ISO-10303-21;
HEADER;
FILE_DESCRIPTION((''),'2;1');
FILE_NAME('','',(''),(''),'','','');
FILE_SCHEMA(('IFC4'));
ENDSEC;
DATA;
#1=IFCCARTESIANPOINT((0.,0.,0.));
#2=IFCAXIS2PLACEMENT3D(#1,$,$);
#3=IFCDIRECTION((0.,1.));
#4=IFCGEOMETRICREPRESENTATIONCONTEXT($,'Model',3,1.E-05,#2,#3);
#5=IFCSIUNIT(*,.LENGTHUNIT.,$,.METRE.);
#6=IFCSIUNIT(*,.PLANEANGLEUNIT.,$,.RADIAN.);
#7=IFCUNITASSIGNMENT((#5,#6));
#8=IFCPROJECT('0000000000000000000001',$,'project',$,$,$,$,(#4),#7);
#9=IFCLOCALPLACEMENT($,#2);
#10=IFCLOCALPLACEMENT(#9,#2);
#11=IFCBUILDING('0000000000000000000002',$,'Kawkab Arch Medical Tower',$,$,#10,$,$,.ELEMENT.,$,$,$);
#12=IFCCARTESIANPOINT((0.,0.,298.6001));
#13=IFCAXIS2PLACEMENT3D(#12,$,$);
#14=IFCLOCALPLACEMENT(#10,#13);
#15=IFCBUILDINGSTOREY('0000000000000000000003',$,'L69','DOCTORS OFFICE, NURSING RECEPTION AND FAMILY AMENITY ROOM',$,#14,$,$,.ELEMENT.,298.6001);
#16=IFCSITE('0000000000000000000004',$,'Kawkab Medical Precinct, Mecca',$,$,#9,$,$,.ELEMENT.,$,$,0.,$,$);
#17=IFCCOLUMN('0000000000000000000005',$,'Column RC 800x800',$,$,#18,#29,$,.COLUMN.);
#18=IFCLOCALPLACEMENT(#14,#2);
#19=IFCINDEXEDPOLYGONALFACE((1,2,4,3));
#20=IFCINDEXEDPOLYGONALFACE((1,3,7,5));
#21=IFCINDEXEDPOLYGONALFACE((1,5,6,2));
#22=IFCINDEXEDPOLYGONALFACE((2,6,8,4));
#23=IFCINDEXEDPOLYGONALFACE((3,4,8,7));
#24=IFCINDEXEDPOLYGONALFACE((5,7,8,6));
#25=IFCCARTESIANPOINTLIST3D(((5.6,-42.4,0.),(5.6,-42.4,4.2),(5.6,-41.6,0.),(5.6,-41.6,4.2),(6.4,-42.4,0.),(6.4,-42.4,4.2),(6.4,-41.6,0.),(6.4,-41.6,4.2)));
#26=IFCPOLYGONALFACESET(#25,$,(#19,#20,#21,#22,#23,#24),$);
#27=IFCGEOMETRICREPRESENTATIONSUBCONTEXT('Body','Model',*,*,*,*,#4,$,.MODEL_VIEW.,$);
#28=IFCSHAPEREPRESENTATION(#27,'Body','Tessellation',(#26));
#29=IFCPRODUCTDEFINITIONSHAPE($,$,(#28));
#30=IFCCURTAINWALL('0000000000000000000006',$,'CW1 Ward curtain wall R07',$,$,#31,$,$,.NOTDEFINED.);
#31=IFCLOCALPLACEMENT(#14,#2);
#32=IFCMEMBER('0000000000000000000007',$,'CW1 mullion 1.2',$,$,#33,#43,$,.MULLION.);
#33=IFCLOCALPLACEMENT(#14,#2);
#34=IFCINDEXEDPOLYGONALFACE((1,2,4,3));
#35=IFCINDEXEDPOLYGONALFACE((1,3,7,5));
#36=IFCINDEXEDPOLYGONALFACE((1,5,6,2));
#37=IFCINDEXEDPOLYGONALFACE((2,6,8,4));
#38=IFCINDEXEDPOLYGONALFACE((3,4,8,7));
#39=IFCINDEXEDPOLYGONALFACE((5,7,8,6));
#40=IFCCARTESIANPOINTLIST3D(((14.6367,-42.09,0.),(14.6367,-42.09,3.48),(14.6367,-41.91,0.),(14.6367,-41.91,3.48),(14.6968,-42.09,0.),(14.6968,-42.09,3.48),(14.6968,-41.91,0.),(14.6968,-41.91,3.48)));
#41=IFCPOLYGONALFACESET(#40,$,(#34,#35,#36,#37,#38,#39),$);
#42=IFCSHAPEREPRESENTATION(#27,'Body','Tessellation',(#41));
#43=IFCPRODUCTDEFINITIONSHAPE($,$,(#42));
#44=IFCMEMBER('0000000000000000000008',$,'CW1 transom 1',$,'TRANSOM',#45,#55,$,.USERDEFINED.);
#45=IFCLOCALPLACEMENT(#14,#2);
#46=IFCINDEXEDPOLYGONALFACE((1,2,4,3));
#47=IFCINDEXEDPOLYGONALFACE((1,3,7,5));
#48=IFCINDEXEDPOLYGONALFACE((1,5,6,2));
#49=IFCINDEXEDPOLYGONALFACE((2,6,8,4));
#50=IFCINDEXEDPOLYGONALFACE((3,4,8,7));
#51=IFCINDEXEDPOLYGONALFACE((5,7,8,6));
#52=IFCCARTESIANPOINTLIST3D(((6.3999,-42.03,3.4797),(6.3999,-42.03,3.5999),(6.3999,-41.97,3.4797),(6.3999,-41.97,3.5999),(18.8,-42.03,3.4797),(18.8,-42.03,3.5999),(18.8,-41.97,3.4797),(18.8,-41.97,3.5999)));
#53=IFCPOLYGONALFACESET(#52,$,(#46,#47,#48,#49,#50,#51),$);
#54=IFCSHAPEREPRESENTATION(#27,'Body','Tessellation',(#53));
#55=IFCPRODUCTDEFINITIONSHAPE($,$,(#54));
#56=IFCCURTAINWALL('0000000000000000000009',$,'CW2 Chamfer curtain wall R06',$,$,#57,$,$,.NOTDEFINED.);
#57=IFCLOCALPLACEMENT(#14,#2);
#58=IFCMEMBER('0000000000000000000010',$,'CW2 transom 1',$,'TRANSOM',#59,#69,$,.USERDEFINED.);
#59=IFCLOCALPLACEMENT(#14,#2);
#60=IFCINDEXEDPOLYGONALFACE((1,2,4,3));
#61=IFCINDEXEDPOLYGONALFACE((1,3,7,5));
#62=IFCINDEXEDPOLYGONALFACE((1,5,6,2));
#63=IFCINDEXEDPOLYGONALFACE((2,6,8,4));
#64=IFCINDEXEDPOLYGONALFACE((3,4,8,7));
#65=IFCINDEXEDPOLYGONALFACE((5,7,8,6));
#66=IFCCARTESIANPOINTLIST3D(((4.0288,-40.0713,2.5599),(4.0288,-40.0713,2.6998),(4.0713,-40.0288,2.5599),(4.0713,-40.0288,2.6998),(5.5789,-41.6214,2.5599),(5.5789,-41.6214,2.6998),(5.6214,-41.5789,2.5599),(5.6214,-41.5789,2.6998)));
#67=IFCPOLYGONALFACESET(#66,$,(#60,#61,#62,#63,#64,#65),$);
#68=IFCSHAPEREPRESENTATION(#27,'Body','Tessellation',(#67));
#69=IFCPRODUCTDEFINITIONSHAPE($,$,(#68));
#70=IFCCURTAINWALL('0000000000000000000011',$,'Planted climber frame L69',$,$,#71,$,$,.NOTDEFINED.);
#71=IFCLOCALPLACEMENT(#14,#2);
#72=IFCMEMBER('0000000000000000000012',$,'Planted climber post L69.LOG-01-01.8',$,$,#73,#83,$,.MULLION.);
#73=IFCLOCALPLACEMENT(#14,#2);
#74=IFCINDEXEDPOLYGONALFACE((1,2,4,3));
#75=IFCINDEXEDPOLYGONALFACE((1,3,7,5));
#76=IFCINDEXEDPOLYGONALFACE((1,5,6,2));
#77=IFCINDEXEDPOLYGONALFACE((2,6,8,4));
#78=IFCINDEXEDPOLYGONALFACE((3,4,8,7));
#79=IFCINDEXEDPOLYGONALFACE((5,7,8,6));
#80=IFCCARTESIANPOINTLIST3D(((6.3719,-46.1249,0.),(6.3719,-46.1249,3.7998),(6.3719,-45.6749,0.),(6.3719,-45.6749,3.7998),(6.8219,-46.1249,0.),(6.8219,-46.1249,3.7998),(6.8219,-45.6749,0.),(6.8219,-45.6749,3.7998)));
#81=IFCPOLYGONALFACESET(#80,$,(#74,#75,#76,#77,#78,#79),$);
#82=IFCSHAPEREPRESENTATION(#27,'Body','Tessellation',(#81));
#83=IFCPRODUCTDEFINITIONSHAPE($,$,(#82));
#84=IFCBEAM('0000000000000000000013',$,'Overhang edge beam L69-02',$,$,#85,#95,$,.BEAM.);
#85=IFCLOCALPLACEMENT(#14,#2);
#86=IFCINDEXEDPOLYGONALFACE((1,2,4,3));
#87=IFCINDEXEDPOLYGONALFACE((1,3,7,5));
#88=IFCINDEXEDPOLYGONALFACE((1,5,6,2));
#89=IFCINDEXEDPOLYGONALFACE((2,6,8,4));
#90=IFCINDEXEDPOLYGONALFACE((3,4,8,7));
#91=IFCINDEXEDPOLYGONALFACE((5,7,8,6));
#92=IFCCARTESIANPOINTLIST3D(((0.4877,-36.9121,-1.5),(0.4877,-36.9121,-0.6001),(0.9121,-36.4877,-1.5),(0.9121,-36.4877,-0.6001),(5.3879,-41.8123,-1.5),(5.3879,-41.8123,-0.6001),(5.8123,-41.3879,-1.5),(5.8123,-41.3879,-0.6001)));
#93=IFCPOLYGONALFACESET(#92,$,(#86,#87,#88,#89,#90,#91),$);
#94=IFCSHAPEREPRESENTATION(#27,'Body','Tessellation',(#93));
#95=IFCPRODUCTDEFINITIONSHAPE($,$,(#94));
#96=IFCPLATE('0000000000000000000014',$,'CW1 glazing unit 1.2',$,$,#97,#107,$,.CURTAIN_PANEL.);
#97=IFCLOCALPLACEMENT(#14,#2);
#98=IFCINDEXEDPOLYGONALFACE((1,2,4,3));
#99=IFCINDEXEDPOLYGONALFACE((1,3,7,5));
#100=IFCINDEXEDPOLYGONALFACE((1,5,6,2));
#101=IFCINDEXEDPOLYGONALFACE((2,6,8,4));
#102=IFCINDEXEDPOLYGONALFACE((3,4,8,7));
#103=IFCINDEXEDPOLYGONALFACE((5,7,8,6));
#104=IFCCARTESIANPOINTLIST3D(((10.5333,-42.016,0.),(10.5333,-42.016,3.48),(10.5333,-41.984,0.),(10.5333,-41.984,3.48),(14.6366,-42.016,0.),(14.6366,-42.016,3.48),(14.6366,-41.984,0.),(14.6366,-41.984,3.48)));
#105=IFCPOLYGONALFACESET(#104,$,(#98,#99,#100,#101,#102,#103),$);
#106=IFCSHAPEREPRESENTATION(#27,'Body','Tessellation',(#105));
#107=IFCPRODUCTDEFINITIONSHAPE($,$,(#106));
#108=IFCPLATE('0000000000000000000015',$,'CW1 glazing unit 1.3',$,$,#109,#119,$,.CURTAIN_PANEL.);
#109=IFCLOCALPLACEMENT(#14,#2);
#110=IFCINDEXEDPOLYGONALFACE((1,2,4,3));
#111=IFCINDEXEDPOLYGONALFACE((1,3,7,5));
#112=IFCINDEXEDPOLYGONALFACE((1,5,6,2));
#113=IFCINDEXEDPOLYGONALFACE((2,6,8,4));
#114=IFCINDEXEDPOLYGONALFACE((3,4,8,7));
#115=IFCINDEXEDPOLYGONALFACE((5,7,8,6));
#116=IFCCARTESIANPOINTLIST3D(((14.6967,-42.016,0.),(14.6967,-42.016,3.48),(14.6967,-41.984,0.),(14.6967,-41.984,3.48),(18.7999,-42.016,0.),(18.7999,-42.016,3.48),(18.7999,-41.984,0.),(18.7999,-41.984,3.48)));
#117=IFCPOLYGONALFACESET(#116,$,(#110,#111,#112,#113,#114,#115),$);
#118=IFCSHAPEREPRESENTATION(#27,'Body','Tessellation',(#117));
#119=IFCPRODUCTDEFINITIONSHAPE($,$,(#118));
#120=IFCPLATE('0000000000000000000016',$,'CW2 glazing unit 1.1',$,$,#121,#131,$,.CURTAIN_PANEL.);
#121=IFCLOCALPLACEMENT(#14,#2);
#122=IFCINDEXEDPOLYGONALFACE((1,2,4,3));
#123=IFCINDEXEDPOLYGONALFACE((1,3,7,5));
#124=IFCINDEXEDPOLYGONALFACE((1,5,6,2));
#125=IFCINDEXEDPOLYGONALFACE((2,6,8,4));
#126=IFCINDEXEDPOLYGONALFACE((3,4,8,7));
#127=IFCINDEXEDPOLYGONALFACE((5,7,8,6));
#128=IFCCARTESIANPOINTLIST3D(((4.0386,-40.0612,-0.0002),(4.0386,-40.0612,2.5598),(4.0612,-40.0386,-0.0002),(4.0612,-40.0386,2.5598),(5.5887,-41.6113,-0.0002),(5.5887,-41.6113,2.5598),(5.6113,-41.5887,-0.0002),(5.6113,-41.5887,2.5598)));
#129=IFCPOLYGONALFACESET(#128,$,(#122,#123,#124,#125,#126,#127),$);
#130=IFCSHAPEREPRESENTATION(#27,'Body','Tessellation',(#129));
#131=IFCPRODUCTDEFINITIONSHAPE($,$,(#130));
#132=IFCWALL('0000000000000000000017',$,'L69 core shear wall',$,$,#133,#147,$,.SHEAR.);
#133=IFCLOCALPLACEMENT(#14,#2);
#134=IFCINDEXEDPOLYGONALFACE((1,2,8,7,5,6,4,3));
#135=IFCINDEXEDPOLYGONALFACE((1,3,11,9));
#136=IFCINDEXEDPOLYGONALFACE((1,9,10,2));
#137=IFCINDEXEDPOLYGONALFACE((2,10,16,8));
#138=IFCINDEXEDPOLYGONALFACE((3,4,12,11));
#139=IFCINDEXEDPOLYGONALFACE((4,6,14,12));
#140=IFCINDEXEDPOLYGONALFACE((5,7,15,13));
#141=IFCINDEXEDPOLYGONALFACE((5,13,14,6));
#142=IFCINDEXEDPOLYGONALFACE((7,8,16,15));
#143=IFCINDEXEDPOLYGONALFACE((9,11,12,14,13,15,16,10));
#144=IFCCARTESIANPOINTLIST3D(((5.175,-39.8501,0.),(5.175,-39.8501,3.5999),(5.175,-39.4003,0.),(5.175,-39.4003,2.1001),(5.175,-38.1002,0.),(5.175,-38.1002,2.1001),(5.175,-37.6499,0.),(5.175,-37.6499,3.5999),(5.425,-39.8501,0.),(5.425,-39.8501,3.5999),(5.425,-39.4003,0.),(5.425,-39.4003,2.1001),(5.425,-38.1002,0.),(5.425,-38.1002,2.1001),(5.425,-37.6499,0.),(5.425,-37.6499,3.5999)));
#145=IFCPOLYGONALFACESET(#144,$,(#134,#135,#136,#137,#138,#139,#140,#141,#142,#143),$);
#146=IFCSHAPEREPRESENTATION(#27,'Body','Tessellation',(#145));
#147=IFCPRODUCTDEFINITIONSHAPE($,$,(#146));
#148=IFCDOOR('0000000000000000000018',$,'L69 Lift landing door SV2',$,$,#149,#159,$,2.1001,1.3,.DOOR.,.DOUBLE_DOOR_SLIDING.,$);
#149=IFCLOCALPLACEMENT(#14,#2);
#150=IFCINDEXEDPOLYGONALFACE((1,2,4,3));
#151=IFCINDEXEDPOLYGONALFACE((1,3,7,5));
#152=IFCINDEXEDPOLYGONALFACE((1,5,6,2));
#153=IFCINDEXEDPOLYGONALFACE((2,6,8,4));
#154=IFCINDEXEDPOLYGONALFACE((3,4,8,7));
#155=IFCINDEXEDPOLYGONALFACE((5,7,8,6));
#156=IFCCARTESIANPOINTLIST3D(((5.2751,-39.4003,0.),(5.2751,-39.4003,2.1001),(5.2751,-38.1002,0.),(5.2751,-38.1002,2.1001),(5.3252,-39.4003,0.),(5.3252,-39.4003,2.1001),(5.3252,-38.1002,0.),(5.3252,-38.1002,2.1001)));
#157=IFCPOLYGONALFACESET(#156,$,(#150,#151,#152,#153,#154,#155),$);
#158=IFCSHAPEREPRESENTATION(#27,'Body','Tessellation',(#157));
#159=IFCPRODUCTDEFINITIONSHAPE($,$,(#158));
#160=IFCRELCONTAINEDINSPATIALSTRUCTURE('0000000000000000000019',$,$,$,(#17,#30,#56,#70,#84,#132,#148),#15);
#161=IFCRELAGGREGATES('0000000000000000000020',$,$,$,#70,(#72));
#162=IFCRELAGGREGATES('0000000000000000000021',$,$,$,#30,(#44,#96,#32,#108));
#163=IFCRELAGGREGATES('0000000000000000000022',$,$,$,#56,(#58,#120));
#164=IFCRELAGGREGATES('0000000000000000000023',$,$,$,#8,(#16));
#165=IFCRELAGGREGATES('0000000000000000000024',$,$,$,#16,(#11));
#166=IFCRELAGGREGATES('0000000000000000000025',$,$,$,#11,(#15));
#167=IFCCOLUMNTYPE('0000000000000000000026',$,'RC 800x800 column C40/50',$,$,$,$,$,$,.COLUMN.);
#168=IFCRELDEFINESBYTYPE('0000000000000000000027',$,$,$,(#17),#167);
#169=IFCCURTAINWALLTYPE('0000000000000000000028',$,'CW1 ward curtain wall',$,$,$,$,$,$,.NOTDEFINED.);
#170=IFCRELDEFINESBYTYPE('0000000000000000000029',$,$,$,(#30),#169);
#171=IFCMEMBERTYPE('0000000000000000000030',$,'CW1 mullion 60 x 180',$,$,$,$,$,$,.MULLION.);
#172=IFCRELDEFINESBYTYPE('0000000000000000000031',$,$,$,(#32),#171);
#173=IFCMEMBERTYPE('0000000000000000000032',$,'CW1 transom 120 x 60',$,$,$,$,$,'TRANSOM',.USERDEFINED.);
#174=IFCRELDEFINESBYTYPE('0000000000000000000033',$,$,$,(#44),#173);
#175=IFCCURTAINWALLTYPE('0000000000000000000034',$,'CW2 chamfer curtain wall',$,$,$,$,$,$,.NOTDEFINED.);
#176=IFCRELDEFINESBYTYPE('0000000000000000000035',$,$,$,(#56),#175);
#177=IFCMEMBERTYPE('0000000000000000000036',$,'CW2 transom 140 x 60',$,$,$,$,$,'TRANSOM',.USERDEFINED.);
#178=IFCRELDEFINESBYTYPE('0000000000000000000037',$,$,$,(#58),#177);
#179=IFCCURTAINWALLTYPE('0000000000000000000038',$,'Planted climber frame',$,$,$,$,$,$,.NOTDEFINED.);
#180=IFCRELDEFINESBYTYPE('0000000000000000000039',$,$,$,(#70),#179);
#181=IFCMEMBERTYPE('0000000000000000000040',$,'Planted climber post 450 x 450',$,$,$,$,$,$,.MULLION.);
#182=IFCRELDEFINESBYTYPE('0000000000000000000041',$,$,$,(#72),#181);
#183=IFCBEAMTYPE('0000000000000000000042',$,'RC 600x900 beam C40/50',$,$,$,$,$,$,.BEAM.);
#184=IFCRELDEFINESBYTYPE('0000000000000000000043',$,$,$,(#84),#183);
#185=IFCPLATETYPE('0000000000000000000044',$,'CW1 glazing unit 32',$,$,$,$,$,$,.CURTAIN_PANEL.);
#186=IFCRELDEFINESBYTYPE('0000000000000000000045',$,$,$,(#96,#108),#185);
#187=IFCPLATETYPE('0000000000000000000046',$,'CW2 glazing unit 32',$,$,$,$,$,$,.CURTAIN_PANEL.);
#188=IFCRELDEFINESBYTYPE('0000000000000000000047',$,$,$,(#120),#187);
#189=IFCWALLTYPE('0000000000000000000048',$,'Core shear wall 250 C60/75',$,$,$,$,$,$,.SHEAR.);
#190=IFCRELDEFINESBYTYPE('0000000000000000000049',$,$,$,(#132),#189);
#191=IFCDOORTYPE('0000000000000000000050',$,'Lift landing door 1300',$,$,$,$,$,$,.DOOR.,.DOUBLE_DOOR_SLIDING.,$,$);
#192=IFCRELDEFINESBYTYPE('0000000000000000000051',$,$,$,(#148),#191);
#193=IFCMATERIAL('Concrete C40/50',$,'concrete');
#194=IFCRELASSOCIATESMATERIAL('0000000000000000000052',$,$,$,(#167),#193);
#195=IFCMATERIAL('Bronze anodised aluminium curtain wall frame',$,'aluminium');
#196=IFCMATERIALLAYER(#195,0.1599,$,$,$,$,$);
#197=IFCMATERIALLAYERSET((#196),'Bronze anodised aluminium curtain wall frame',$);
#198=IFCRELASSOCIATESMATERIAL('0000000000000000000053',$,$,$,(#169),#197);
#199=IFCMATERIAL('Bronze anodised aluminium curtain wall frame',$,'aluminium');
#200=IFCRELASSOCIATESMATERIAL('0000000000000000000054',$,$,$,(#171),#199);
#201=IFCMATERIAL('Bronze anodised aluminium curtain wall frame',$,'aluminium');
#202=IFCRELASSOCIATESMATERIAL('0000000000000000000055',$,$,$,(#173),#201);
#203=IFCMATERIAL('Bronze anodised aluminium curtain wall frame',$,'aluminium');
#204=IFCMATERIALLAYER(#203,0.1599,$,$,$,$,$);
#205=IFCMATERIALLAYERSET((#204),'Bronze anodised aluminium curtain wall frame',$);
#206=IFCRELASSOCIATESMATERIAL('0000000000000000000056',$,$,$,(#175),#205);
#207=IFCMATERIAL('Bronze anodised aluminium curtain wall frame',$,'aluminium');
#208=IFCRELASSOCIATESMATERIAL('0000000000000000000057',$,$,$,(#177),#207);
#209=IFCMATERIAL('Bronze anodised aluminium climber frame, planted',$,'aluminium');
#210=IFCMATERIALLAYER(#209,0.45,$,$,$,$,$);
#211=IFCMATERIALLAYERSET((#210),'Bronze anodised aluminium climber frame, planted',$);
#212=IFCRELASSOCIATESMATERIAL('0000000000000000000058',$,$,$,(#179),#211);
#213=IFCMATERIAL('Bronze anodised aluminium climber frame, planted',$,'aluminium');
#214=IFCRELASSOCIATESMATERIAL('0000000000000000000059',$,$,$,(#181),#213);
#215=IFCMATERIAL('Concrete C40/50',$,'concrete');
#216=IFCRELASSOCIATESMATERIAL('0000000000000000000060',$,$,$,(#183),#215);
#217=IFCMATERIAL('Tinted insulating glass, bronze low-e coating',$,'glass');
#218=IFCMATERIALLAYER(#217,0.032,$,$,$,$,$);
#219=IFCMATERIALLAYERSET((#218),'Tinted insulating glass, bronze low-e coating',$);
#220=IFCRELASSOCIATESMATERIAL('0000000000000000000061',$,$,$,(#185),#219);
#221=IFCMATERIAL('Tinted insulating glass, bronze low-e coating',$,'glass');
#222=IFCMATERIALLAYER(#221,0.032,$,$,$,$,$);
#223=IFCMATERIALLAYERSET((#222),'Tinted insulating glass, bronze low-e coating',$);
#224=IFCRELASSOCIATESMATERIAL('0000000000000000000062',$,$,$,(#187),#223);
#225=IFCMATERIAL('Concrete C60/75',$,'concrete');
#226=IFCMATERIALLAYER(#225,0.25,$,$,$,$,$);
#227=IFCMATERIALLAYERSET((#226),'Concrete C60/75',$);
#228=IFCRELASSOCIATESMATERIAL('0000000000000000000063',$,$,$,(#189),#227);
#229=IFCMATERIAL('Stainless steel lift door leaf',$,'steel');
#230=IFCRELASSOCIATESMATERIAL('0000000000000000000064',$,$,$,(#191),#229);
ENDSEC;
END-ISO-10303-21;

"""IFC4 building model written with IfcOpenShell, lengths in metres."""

from ifc_helpers import new_model, si_unit, direction, frame, frame_2d, origin, origin_2d, place, context, subcontext, project, spatial, rectangle, extrude, material, layer, layer_set, material_profile, profile_set, type_object, element, fill, aggregate, save


model = new_model("IFC4")

# Units and contexts
model_context = context("Model", 3, precision=1e-05, world=origin(), true_north=direction((0.0, 1.0)))
body_context = subcontext(model_context, "Body", "Model", "MODEL_VIEW")
ifc_project = project(units=[si_unit("LENGTHUNIT", "METRE"), si_unit("PLANEANGLEUNIT", "RADIAN")], contexts=[model_context])

# Site, building, storey
site_placement = place(None, origin())
site = spatial("IfcSite", under=ifc_project, at=site_placement, Name="Kawkab Medical Precinct, Mecca", CompositionType="ELEMENT", RefElevation=0.0)
building_placement = place(site_placement, origin())
building = spatial("IfcBuilding", under=site, at=building_placement, Name="Kawkab Arch Medical Tower", CompositionType="ELEMENT")
storey_placement = place(building_placement, frame((0.0, 0.0, 298.6001)))
storey = spatial("IfcBuildingStorey", under=building, at=storey_placement, Name="L69", Description="DOCTORS OFFICE, NURSING RECEPTION AND FAMILY AMENITY ROOM", CompositionType="ELEMENT", Elevation=298.6001)

# Column
ifc_material_1 = material(Name="Concrete C40/50", Category="concrete")
ifc_material_profile_1 = material_profile(ifc_material_1, rectangle(XDim=0.8, YDim=0.8, at=origin_2d()), Name="RC 800x800")
ifc_profile_set_1 = profile_set([ifc_material_profile_1], Name="Concrete C40/50")
column_type = type_object("IfcColumnType", Name="RC 800x800 column C40/50", PredefinedType="COLUMN", material=ifc_profile_set_1)
column_placement = place(storey_placement, frame((6.0, -42.0, 0.0), z_axis=(0.0, 0.0, 1.0), x_axis=(1.0, 0.0, 0.0)))
element("IfcColumn", 1, at=column_placement, inside=storey, type_object=column_type, Name="Column RC 800x800", PredefinedType="COLUMN", context=body_context, shape_type="SweptSolid", body=[
    extrude(rectangle(XDim=0.8, YDim=0.8, at=origin_2d()), origin(), (0.0, 0.0, 1.0), 4.2),
])

# Curtain wall, members
ifc_material_2 = material(Name="Bronze anodised aluminium curtain wall frame", Category="aluminium")
ifc_layer_1 = layer(ifc_material_2, 0.1599)
ifc_layer_set_1 = layer_set([ifc_layer_1], Name="Bronze anodised aluminium curtain wall frame")
curtain_wall_type_1 = type_object("IfcCurtainWallType", Name="CW1 ward curtain wall", PredefinedType="NOTDEFINED", material=ifc_layer_set_1)
placement = place(storey_placement, origin())
curtain_wall_1 = element("IfcCurtainWall", 2, at=placement, inside=storey, type_object=curtain_wall_type_1, Name="CW1 Ward curtain wall R07", PredefinedType="NOTDEFINED")
ifc_material_3 = material(Name="Bronze anodised aluminium curtain wall frame", Category="aluminium")
ifc_material_profile_2 = material_profile(ifc_material_3, rectangle(XDim=0.1799, YDim=0.0601, at=origin_2d()), Name="AL 60x180")
ifc_profile_set_2 = profile_set([ifc_material_profile_2], Name="Bronze anodised aluminium curtain wall frame")
member_type_1 = type_object("IfcMemberType", Name="CW1 mullion 60 x 180", PredefinedType="MULLION", material=ifc_profile_set_2)
member_1_placement = place(storey_placement, frame((14.6667, -42.0, 0.0), z_axis=(0.0, 0.0, 1.0), x_axis=(0.0, 1.0, 0.0)))
member_1 = element("IfcMember", 3, at=member_1_placement, type_object=member_type_1, Name="CW1 mullion 1.2", PredefinedType="MULLION", context=body_context, shape_type="SweptSolid", body=[
    extrude(rectangle(XDim=0.1799, YDim=0.0601, at=origin_2d()), origin(), (0.0, 0.0, 1.0), 3.48),
])
ifc_material_4 = material(Name="Bronze anodised aluminium curtain wall frame", Category="aluminium")
ifc_material_profile_3 = material_profile(ifc_material_4, rectangle(XDim=0.0601, YDim=0.1201, at=origin_2d()), Name="AL 60x120")
ifc_profile_set_3 = profile_set([ifc_material_profile_3], Name="Bronze anodised aluminium curtain wall frame")
member_type_2 = type_object("IfcMemberType", Name="CW1 transom 120 x 60", ElementType="TRANSOM", PredefinedType="USERDEFINED", material=ifc_profile_set_3)
member_2_placement = place(storey_placement, frame((6.3999, -42.0, 3.5398), z_axis=(1.0, 0.0, 0.0), x_axis=(0.0, 1.0, 0.0)))
member_2 = element("IfcMember", 4, at=member_2_placement, type_object=member_type_2, Name="CW1 transom 1", ObjectType="TRANSOM", PredefinedType="USERDEFINED", context=body_context, shape_type="SweptSolid", body=[
    extrude(rectangle(XDim=0.0601, YDim=0.1201, at=origin_2d()), origin(), (0.0, 0.0, 1.0), 12.4001),
])

# Curtain walls, members
ifc_material_5 = material(Name="Bronze anodised aluminium curtain wall frame", Category="aluminium")
ifc_layer_2 = layer(ifc_material_5, 0.1599)
ifc_layer_set_2 = layer_set([ifc_layer_2], Name="Bronze anodised aluminium curtain wall frame")
curtain_wall_type_2 = type_object("IfcCurtainWallType", Name="CW2 chamfer curtain wall", PredefinedType="NOTDEFINED", material=ifc_layer_set_2)
curtain_wall_2 = element("IfcCurtainWall", 5, at=placement, inside=storey, type_object=curtain_wall_type_2, Name="CW2 Chamfer curtain wall R06", PredefinedType="NOTDEFINED")
ifc_material_6 = material(Name="Bronze anodised aluminium curtain wall frame", Category="aluminium")
ifc_material_profile_4 = material_profile(ifc_material_6, rectangle(XDim=0.0601, YDim=0.1399, at=origin_2d()), Name="AL 60x140")
ifc_profile_set_4 = profile_set([ifc_material_profile_4], Name="Bronze anodised aluminium curtain wall frame")
member_type_3 = type_object("IfcMemberType", Name="CW2 transom 140 x 60", ElementType="TRANSOM", PredefinedType="USERDEFINED", material=ifc_profile_set_4)
member_3_placement = place(storey_placement, frame((4.05, -40.05, 2.6299), z_axis=(0.707107, -0.707107, 0.0), x_axis=(0.707107, 0.707107, 0.0)))
member_3 = element("IfcMember", 6, at=member_3_placement, type_object=member_type_3, Name="CW2 transom 1", ObjectType="TRANSOM", PredefinedType="USERDEFINED", context=body_context, shape_type="SweptSolid", body=[
    extrude(rectangle(XDim=0.0601, YDim=0.1399, at=origin_2d()), origin(), (0.0, 0.0, 1.0), 2.1921),
])
ifc_material_7 = material(Name="Bronze anodised aluminium climber frame, planted", Category="aluminium")
ifc_layer_3 = layer(ifc_material_7, 0.45)
ifc_layer_set_3 = layer_set([ifc_layer_3], Name="Bronze anodised aluminium climber frame, planted")
curtain_wall_type_3 = type_object("IfcCurtainWallType", Name="Planted climber frame", PredefinedType="NOTDEFINED", material=ifc_layer_set_3)
curtain_wall_3 = element("IfcCurtainWall", 7, at=placement, inside=storey, type_object=curtain_wall_type_3, Name="Planted climber frame L69", PredefinedType="NOTDEFINED")
ifc_material_8 = material(Name="Bronze anodised aluminium climber frame, planted", Category="aluminium")
ifc_material_profile_5 = material_profile(ifc_material_8, rectangle(XDim=0.45, YDim=0.45, at=origin_2d()), Name="Post 450x450")
ifc_profile_set_5 = profile_set([ifc_material_profile_5], Name="Bronze anodised aluminium climber frame, planted")
member_type_4 = type_object("IfcMemberType", Name="Planted climber post 450 x 450", PredefinedType="MULLION", material=ifc_profile_set_5)
member_4_placement = place(storey_placement, frame((6.5969, -45.8999, 0.0), z_axis=(0.0, 0.0, 1.0), x_axis=(1.0, 0.0, 0.0)))
member_4 = element("IfcMember", 8, at=member_4_placement, type_object=member_type_4, Name="Planted climber post L69.LOG-01-01.8", PredefinedType="MULLION", context=body_context, shape_type="SweptSolid", body=[
    extrude(rectangle(XDim=0.45, YDim=0.45, at=origin_2d()), origin(), (0.0, 0.0, 1.0), 3.7998),
])
aggregate(curtain_wall_3, [member_4])

# Beam
ifc_material_9 = material(Name="Concrete C40/50", Category="concrete")
ifc_material_profile_6 = material_profile(ifc_material_9, rectangle(XDim=0.6001, YDim=0.8999, at=origin_2d()), Name="RC 600x900")
ifc_profile_set_6 = profile_set([ifc_material_profile_6], Name="Concrete C40/50")
beam_type = type_object("IfcBeamType", Name="RC 600x900 beam C40/50", PredefinedType="BEAM", material=ifc_profile_set_6)
beam_placement = place(storey_placement, frame((5.6001, -41.6001, -1.05), z_axis=(-0.707107, 0.707107, 0.0), x_axis=(-0.707107, -0.707107, 0.0)))
element("IfcBeam", 9, at=beam_placement, inside=storey, type_object=beam_type, Name="Overhang edge beam L69-02", PredefinedType="BEAM", context=body_context, shape_type="SweptSolid", body=[
    extrude(rectangle(XDim=0.6001, YDim=0.8999, at=origin_2d()), origin(), (0.0, 0.0, 1.0), 6.9299),
])

# Plates
ifc_material_10 = material(Name="Tinted insulating glass, bronze low-e coating", Category="glass")
ifc_layer_4 = layer(ifc_material_10, 0.032)
ifc_layer_set_4 = layer_set([ifc_layer_4], Name="Tinted insulating glass, bronze low-e coating")
plate_type_1 = type_object("IfcPlateType", Name="CW1 glazing unit 32", PredefinedType="CURTAIN_PANEL", material=ifc_layer_set_4)
plate_1_placement = place(storey_placement, frame((12.585, -42.0, 0.0), z_axis=(0.0, 0.0, 1.0), x_axis=(1.0, 0.0, 0.0)))
plate_1 = element("IfcPlate", 10, at=plate_1_placement, type_object=plate_type_1, Name="CW1 glazing unit 1.2", PredefinedType="CURTAIN_PANEL", context=body_context, shape_type="SweptSolid", body=[
    extrude(rectangle(XDim=4.1033, YDim=0.032, at=origin_2d()), origin(), (0.0, 0.0, 1.0), 3.48),
])
plate_2_placement = place(storey_placement, frame((16.7483, -42.0, 0.0), z_axis=(0.0, 0.0, 1.0), x_axis=(1.0, 0.0, 0.0)))
plate_2 = element("IfcPlate", 11, at=plate_2_placement, type_object=plate_type_1, Name="CW1 glazing unit 1.3", PredefinedType="CURTAIN_PANEL", context=body_context, shape_type="SweptSolid", body=[
    extrude(rectangle(XDim=4.1033, YDim=0.032, at=origin_2d()), origin(), (0.0, 0.0, 1.0), 3.48),
])
aggregate(curtain_wall_1, [member_2, plate_1, member_1, plate_2])
ifc_material_11 = material(Name="Tinted insulating glass, bronze low-e coating", Category="glass")
ifc_layer_5 = layer(ifc_material_11, 0.032)
ifc_layer_set_5 = layer_set([ifc_layer_5], Name="Tinted insulating glass, bronze low-e coating")
plate_type_2 = type_object("IfcPlateType", Name="CW2 glazing unit 32", PredefinedType="CURTAIN_PANEL", material=ifc_layer_set_5)
plate_3_placement = place(storey_placement, frame((4.825, -40.825, -0.0002), z_axis=(0.0, 0.0, 1.0), x_axis=(0.707107, -0.707107, 0.0)))
plate_3 = element("IfcPlate", 12, at=plate_3_placement, type_object=plate_type_2, Name="CW2 glazing unit 1.1", PredefinedType="CURTAIN_PANEL", context=body_context, shape_type="SweptSolid", body=[
    extrude(rectangle(XDim=2.1921, YDim=0.032, at=origin_2d()), origin(), (0.0, 0.0, 1.0), 2.5601),
])
aggregate(curtain_wall_2, [member_3, plate_3])

# Wall, opening, door
ifc_material_12 = material(Name="Concrete C60/75", Category="concrete")
ifc_layer_6 = layer(ifc_material_12, 0.25)
ifc_layer_set_6 = layer_set([ifc_layer_6], Name="Concrete C60/75")
wall_type_1 = type_object("IfcWallType", Name="Core shear wall 250 C60/75", PredefinedType="SHEAR", material=ifc_layer_set_6)
wall_1_placement = place(storey_placement, frame((5.3, -39.8501, 0.0), z_axis=(0.0, 0.0, 1.0), x_axis=(0.0, 1.0, 0.0)))
wall_1 = element("IfcWall", 13, at=wall_1_placement, inside=storey, type_object=wall_type_1, Name="L69 core shear wall", PredefinedType="SHEAR", context=body_context, shape_type="SweptSolid", body=[
    extrude(rectangle(XDim=2.2002, YDim=0.25, at=frame_2d((1.1001, 0.0))), origin(), (0.0, 0.0, 1.0), 3.5999),
])
opening_1_placement = place(wall_1_placement, frame((0.45, 0.0, 0.0)))
opening_1 = element("IfcOpeningElement", 14, at=opening_1_placement, cuts=wall_1, PredefinedType="OPENING", context=body_context, shape_type="SweptSolid", body=[
    extrude(rectangle(XDim=1.3, YDim=2.1001, at=frame_2d((0.6499, 1.05))), frame((0.0, 0.135, 0.0), z_axis=(0.0, -1.0, 0.0), x_axis=(1.0, 0.0, 0.0)), (0.0, 0.0, 1.0), 0.27),
])
ifc_material_13 = material(Name="Stainless steel lift door leaf", Category="steel")
door_type_1 = type_object("IfcDoorType", Name="Lift landing door 1300", OperationType="DOUBLE_DOOR_SLIDING", PredefinedType="DOOR", material=ifc_material_13)
door_1_placement = place(opening_1_placement, origin())
door_1 = element("IfcDoor", 15, at=door_1_placement, inside=storey, type_object=door_type_1, Name="L69 Lift landing door SV2", OperationType="DOUBLE_DOOR_SLIDING", OverallHeight=2.1001, OverallWidth=1.3, PredefinedType="DOOR", context=body_context, shape_type="SweptSolid", body=[
    extrude(rectangle(XDim=1.3, YDim=2.1001, at=frame_2d((0.6499, 1.05))), frame((0.0, 0.0249, 0.0), z_axis=(0.0, -1.0, 0.0), x_axis=(1.0, 0.0, 0.0)), (0.0, 0.0, 1.0), 0.05),
])
fill(opening_1, door_1)

save(model, "model.ifc")
